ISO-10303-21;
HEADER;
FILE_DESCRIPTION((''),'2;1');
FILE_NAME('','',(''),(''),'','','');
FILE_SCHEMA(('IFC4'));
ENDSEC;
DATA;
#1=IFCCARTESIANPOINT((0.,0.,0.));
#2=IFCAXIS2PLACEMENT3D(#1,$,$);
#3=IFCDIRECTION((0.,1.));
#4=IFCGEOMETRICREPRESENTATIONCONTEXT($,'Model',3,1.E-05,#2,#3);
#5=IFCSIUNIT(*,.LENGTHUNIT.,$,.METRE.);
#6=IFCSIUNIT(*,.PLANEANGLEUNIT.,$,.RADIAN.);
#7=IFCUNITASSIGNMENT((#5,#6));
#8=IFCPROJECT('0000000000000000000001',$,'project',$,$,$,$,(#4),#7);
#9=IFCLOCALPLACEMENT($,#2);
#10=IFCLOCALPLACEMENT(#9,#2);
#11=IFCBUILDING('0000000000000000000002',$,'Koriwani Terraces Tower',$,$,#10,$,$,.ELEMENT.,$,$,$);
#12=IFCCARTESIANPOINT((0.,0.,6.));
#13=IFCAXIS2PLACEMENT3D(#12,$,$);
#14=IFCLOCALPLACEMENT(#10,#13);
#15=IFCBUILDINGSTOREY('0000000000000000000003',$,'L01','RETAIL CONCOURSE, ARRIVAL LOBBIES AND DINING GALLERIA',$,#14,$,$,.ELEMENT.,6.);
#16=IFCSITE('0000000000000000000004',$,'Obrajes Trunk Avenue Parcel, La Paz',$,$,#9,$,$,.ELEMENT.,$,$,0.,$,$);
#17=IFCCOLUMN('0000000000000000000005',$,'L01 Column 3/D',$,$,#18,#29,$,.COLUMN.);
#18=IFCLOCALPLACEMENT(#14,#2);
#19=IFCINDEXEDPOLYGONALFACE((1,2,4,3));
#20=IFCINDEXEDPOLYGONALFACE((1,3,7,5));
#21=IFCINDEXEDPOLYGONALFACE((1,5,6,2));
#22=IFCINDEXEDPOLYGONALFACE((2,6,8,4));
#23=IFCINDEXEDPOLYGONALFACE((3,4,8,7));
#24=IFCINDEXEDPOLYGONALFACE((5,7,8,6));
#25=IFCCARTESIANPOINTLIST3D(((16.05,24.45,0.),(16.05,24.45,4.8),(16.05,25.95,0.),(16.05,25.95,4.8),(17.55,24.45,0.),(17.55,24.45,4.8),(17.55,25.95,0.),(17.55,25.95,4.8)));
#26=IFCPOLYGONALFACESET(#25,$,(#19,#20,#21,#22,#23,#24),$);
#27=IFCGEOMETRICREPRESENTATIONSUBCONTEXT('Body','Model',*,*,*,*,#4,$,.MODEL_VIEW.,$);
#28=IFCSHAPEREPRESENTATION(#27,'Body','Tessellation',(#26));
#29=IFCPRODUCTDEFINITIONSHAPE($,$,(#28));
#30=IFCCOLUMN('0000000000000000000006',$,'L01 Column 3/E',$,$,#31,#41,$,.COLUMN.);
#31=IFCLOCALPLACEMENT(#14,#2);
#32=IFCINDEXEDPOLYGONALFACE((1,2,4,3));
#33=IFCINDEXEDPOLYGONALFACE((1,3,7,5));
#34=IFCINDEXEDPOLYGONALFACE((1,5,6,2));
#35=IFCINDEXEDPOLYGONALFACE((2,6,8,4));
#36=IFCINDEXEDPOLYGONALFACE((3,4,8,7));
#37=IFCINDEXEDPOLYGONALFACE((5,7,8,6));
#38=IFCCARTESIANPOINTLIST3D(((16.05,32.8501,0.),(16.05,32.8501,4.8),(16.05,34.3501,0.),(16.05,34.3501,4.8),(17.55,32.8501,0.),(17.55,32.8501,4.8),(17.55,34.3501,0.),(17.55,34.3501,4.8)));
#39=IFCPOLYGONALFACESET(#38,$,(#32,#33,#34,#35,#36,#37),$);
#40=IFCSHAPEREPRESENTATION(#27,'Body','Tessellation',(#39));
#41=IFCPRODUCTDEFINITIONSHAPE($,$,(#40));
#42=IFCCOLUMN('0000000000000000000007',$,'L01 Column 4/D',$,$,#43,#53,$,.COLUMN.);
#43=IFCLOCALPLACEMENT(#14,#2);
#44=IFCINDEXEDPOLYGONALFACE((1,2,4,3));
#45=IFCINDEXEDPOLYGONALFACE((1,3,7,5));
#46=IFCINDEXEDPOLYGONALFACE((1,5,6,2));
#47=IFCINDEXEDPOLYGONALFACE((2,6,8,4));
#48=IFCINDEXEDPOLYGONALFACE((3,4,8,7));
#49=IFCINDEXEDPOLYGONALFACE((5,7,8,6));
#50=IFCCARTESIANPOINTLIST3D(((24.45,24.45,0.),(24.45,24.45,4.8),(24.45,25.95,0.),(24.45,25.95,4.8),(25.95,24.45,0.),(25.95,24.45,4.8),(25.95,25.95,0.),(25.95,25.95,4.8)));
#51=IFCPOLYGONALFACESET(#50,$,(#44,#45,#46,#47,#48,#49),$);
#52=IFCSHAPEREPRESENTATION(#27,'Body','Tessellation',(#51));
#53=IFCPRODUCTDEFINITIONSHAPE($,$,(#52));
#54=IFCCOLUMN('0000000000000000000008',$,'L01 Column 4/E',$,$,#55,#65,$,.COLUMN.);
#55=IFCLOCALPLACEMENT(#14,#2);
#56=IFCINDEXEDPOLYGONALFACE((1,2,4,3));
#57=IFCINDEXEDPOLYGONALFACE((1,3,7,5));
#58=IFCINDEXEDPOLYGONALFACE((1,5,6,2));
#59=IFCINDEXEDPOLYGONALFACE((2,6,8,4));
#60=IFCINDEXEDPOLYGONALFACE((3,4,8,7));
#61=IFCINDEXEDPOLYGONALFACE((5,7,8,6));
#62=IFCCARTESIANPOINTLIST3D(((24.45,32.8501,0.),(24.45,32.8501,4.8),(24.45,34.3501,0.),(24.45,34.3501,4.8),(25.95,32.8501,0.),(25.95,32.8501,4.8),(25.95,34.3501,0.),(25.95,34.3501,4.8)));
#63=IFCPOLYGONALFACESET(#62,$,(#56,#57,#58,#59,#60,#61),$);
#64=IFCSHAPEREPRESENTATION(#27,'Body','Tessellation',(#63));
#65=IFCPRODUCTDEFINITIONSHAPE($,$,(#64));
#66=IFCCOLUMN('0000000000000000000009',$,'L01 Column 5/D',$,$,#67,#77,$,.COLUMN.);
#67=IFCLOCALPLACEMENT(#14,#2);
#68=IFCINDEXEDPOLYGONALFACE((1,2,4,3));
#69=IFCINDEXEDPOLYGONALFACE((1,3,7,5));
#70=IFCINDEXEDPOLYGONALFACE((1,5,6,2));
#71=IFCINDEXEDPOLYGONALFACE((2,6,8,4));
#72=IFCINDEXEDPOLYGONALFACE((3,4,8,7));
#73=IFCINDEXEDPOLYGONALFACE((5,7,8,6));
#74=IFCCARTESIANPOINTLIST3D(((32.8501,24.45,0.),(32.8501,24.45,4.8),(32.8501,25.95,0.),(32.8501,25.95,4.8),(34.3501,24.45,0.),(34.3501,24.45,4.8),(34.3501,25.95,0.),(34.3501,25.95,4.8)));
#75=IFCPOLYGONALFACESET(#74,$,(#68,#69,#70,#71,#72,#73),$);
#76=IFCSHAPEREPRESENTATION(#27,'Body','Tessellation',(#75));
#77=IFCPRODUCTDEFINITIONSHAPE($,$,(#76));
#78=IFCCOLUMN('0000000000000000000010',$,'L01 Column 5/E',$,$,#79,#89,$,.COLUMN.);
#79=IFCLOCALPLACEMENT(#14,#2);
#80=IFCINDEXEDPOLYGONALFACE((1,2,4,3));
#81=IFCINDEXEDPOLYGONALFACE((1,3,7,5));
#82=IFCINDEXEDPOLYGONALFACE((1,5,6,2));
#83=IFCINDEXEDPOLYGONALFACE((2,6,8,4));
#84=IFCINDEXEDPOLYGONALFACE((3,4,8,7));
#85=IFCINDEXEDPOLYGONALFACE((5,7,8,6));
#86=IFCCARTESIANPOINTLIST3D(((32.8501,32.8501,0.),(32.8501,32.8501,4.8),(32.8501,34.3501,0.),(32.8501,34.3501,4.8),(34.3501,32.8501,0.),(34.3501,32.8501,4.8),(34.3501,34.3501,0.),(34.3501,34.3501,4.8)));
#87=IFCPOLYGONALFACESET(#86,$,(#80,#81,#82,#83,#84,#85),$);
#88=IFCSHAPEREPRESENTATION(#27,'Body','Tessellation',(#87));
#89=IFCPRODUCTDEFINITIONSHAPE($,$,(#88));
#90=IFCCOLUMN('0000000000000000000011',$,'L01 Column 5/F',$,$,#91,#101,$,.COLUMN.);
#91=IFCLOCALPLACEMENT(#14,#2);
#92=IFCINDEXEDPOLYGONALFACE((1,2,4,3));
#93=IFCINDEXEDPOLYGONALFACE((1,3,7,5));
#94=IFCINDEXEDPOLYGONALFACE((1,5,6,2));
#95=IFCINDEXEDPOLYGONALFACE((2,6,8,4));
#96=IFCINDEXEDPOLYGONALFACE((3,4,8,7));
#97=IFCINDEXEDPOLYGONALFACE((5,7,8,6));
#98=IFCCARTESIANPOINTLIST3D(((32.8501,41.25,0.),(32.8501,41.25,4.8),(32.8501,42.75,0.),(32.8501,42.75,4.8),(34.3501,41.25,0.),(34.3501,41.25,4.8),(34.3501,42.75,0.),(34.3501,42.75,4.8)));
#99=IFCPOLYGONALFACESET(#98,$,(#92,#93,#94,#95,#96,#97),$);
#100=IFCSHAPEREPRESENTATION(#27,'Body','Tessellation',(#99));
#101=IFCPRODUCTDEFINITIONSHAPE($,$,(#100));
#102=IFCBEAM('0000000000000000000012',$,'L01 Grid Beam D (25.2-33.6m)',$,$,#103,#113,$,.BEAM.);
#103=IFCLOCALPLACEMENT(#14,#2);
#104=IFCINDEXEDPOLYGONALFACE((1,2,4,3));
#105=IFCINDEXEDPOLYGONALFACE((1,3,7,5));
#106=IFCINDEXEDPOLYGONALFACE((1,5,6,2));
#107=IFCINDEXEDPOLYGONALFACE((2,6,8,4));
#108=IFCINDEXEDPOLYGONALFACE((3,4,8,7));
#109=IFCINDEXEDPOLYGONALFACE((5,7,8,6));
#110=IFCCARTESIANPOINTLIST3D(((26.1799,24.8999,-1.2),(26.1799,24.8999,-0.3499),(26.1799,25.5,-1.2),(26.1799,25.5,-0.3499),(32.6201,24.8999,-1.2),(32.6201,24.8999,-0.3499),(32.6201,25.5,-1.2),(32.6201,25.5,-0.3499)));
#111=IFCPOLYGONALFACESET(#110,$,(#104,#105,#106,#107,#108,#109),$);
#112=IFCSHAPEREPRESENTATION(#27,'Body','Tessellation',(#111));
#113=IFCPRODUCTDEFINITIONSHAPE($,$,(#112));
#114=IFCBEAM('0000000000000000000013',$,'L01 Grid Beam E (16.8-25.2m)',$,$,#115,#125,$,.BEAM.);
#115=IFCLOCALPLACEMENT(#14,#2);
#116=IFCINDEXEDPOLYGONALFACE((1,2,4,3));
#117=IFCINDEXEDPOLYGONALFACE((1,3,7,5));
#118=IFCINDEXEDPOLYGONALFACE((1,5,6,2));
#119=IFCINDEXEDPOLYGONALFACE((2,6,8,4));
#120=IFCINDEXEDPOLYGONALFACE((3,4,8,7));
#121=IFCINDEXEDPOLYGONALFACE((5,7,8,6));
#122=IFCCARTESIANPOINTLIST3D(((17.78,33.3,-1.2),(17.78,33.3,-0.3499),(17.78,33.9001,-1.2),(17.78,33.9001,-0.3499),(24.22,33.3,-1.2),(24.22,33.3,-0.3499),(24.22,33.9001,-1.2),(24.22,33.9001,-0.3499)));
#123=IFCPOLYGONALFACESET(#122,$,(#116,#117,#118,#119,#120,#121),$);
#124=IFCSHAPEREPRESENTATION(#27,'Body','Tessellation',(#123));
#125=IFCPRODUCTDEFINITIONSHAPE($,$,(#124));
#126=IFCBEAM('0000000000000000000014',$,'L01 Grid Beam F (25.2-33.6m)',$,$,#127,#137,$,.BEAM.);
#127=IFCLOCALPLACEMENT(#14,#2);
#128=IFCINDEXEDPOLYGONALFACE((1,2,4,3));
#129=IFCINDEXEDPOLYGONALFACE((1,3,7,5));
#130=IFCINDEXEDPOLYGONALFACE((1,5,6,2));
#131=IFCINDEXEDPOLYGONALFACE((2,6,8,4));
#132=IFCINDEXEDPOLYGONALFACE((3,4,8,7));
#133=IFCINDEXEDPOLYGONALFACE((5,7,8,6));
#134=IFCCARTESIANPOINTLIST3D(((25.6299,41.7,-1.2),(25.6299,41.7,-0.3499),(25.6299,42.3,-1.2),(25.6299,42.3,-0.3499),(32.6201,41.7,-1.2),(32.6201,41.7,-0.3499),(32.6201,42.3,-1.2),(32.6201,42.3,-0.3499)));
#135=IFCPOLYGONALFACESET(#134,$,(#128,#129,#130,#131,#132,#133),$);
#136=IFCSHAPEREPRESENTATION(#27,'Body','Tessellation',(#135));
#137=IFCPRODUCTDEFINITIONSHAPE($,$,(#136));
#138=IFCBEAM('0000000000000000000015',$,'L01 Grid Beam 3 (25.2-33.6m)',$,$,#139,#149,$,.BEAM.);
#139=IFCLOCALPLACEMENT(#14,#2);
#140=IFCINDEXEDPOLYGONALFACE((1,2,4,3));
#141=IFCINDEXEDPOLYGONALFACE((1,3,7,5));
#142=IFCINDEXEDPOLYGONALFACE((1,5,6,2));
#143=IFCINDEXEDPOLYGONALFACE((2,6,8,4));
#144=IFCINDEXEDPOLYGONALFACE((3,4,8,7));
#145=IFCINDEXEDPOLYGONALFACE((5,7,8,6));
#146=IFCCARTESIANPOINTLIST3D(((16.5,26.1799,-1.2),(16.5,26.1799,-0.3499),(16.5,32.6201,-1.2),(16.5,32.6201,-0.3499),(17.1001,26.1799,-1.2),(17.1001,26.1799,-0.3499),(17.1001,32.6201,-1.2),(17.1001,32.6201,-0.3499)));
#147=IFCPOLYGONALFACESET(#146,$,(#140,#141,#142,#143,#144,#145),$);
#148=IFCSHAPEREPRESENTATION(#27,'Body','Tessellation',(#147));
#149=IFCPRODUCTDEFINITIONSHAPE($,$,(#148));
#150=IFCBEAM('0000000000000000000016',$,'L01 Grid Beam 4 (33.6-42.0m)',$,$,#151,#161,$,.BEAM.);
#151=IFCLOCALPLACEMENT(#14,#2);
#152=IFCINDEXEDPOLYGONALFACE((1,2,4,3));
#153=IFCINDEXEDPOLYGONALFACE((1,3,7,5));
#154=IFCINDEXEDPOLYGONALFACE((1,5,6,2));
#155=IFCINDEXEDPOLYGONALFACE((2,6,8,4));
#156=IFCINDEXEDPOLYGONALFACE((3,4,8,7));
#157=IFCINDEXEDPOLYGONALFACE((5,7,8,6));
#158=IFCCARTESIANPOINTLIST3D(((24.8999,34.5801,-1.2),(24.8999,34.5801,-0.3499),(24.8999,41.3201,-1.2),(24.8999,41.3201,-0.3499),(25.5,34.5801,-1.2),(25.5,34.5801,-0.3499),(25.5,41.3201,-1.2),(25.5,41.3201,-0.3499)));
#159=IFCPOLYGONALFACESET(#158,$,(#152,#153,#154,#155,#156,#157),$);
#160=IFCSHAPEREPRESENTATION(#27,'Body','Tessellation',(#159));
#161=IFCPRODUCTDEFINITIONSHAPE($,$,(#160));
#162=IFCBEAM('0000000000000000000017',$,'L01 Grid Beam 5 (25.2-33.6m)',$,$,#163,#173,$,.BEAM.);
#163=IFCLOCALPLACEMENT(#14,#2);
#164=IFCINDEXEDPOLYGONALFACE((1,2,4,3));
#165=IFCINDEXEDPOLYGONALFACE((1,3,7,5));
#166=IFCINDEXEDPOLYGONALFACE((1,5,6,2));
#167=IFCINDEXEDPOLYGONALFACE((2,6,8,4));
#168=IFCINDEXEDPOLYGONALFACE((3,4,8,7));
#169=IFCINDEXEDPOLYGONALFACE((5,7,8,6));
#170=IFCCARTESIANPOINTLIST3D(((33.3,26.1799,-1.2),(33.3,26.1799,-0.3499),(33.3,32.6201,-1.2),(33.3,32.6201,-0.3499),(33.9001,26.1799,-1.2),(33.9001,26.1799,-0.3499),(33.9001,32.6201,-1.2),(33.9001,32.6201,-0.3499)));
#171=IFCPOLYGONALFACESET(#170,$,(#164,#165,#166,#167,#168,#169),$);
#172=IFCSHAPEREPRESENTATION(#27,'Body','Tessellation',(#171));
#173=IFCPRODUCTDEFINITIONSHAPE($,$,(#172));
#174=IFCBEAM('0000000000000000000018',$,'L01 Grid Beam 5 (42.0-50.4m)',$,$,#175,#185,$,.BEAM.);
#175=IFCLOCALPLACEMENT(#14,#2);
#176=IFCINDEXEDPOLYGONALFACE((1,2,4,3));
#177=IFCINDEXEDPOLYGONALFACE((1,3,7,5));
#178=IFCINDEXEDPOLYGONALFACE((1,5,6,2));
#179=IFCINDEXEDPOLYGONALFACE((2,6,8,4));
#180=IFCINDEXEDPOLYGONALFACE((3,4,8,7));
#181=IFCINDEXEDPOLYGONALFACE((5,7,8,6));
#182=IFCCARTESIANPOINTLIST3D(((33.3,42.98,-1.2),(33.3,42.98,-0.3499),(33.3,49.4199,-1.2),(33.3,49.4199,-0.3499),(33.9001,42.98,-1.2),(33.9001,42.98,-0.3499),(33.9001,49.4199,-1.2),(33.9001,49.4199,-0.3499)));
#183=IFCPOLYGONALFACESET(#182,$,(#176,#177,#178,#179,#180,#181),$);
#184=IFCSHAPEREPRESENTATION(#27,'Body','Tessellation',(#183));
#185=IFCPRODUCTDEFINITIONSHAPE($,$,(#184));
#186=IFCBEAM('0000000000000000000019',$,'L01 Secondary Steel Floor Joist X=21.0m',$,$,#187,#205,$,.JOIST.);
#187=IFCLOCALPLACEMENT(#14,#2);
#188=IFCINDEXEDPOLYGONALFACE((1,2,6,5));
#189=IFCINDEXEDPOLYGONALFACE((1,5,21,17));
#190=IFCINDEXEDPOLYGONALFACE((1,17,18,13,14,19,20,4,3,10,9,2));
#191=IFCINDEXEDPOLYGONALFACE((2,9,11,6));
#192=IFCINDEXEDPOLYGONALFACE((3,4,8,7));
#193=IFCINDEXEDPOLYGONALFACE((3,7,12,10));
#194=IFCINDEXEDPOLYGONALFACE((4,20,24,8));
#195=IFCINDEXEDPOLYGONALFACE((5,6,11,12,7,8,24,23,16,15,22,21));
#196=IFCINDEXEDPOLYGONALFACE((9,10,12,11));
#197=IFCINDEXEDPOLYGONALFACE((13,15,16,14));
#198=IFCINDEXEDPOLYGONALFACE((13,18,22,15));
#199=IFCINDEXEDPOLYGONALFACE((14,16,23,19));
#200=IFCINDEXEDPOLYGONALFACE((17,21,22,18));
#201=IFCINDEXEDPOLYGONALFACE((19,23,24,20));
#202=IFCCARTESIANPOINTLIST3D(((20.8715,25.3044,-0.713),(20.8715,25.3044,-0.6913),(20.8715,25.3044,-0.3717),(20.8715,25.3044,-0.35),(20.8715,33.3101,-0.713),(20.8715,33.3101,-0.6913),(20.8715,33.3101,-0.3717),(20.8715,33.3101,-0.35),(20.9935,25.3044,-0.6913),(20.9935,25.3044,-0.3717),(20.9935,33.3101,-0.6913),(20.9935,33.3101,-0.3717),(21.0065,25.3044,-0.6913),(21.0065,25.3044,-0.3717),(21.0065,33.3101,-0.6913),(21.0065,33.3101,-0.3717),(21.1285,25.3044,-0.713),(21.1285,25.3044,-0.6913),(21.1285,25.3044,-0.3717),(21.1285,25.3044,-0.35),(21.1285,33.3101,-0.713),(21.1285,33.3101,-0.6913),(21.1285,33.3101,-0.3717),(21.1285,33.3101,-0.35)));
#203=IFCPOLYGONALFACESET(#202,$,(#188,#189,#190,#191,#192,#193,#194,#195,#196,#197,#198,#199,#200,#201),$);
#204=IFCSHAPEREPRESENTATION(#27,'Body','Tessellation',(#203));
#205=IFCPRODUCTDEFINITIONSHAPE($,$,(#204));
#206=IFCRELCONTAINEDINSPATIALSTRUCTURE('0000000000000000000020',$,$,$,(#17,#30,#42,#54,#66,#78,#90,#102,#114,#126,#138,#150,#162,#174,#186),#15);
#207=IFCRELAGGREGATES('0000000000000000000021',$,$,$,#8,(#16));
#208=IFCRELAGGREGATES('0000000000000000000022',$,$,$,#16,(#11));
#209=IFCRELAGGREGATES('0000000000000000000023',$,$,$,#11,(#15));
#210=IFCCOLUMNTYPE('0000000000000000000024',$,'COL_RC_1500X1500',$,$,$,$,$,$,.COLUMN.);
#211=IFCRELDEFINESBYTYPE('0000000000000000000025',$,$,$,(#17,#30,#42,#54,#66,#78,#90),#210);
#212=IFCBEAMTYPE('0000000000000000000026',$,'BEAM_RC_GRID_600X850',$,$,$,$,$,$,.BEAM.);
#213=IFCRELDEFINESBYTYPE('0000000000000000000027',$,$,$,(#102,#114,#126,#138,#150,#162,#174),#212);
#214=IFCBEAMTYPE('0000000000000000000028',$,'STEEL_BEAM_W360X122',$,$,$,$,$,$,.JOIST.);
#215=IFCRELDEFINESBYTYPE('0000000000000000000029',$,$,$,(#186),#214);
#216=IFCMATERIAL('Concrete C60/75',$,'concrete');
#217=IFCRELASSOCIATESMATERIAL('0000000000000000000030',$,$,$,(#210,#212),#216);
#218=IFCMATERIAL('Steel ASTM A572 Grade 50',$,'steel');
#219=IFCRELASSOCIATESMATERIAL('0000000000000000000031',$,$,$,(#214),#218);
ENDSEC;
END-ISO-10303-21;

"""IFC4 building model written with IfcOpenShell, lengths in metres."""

from ifc_helpers import new_model, si_unit, direction, frame, origin, origin_2d, place, context, subcontext, project, spatial, rectangle, i_section, extrude, material, material_profile, profile_set, type_object, element, save


model = new_model("IFC4")

# Units and contexts
model_context = context("Model", 3, precision=1e-05, world=origin(), true_north=direction((0.0, 1.0)))
body_context = subcontext(model_context, "Body", "Model", "MODEL_VIEW")
ifc_project = project(units=[si_unit("LENGTHUNIT", "METRE"), si_unit("PLANEANGLEUNIT", "RADIAN")], contexts=[model_context])

# Site, building, storey
site_placement = place(None, origin())
site = spatial("IfcSite", under=ifc_project, at=site_placement, Name="Obrajes Trunk Avenue Parcel, La Paz", CompositionType="ELEMENT", RefElevation=0.0)
building_placement = place(site_placement, origin())
building = spatial("IfcBuilding", under=site, at=building_placement, Name="Koriwani Terraces Tower", CompositionType="ELEMENT")
storey_placement = place(building_placement, frame((0.0, 0.0, 6.0)))
storey = spatial("IfcBuildingStorey", under=building, at=storey_placement, Name="L01", Description="RETAIL CONCOURSE, ARRIVAL LOBBIES AND DINING GALLERIA", CompositionType="ELEMENT", Elevation=6.0)

# Columns
ifc_material_1 = material(Name="Concrete C60/75", Category="concrete")
ifc_material_profile_1 = material_profile(ifc_material_1, rectangle(XDim=1.5, YDim=1.5, at=origin_2d()), Name="Concrete C60/75", Category="LoadBearing")
ifc_profile_set_1 = profile_set([ifc_material_profile_1], Name="Concrete C60/75")
column_type = type_object("IfcColumnType", Name="COL_RC_1500X1500", PredefinedType="COLUMN", material=ifc_profile_set_1)
for number, where, z_axis, x_axis, name in (
    (1, (16.8, 25.2, 0.0), (0.0, 0.0, 1.0), (1.0, 0.0, 0.0), "L01 Column 3/D"),
    (2, (16.8, 33.6001, 0.0), (0.0, 0.0, 1.0), (1.0, 0.0, 0.0), "L01 Column 3/E"),
    (3, (25.2, 25.2, 0.0), (0.0, 0.0, 1.0), (1.0, 0.0, 0.0), "L01 Column 4/D"),
    (4, (25.2, 33.6001, 0.0), (0.0, 0.0, 1.0), (1.0, 0.0, 0.0), "L01 Column 4/E"),
    (5, (33.6001, 25.2, 0.0), (0.0, 0.0, 1.0), (1.0, 0.0, 0.0), "L01 Column 5/D"),
    (6, (33.6001, 33.6001, 0.0), (0.0, 0.0, 1.0), (1.0, 0.0, 0.0), "L01 Column 5/E"),
    (7, (33.6001, 42.0, 0.0), (0.0, 0.0, 1.0), (1.0, 0.0, 0.0), "L01 Column 5/F"),
):
    element("IfcColumn", number, at=place(storey_placement, frame(where, z_axis=z_axis, x_axis=x_axis)), inside=storey, type_object=column_type, Name=name, PredefinedType="COLUMN", context=body_context, shape_type="SweptSolid", body=[
        extrude(rectangle(XDim=1.5, YDim=1.5, at=origin_2d()), origin(), (0.0, 0.0, 1.0), 4.8),
    ])

# Beams
ifc_material_profile_2 = material_profile(ifc_material_1, rectangle(XDim=0.6001, YDim=0.8501, at=origin_2d()), Name="Concrete C60/75", Category="LoadBearing")
ifc_profile_set_2 = profile_set([ifc_material_profile_2], Name="Concrete C60/75")
beam_type_1 = type_object("IfcBeamType", Name="BEAM_RC_GRID_600X850", PredefinedType="BEAM", material=ifc_profile_set_2)
beam_1_placement = place(storey_placement, frame((26.1799, 25.2, -0.7749), z_axis=(1.0, 0.0, 0.0), x_axis=(0.0, 1.0, 0.0)))
element("IfcBeam", 8, at=beam_1_placement, inside=storey, type_object=beam_type_1, Name="L01 Grid Beam D (25.2-33.6m)", PredefinedType="BEAM", context=body_context, shape_type="SweptSolid", body=[
    extrude(rectangle(XDim=0.6001, YDim=0.8501, at=origin_2d()), origin(), (0.0, 0.0, 1.0), 6.4402),
])
beam_2_placement = place(storey_placement, frame((17.78, 33.6001, -0.7749), z_axis=(1.0, 0.0, 0.0), x_axis=(0.0, 1.0, 0.0)))
element("IfcBeam", 9, at=beam_2_placement, inside=storey, type_object=beam_type_1, Name="L01 Grid Beam E (16.8-25.2m)", PredefinedType="BEAM", context=body_context, shape_type="SweptSolid", body=[
    extrude(rectangle(XDim=0.6001, YDim=0.8501, at=origin_2d()), origin(), (0.0, 0.0, 1.0), 6.4399),
])
beam_3_placement = place(storey_placement, frame((25.6299, 42.0, -0.7749), z_axis=(1.0, 0.0, 0.0), x_axis=(0.0, 1.0, 0.0)))
element("IfcBeam", 10, at=beam_3_placement, inside=storey, type_object=beam_type_1, Name="L01 Grid Beam F (25.2-33.6m)", PredefinedType="BEAM", context=body_context, shape_type="SweptSolid", body=[
    extrude(rectangle(XDim=0.6001, YDim=0.8501, at=origin_2d()), origin(), (0.0, 0.0, 1.0), 6.9902),
])
beam_4_placement = place(storey_placement, frame((16.8, 26.1799, -0.7749), z_axis=(0.0, 1.0, 0.0), x_axis=(-1.0, 0.0, 0.0)))
element("IfcBeam", 11, at=beam_4_placement, inside=storey, type_object=beam_type_1, Name="L01 Grid Beam 3 (25.2-33.6m)", PredefinedType="BEAM", context=body_context, shape_type="SweptSolid", body=[
    extrude(rectangle(XDim=0.6001, YDim=0.8501, at=origin_2d()), origin(), (0.0, 0.0, 1.0), 6.4402),
])
beam_5_placement = place(storey_placement, frame((25.2, 34.5801, -0.7749), z_axis=(0.0, 1.0, 0.0), x_axis=(-1.0, 0.0, 0.0)))
element("IfcBeam", 12, at=beam_5_placement, inside=storey, type_object=beam_type_1, Name="L01 Grid Beam 4 (33.6-42.0m)", PredefinedType="BEAM", context=body_context, shape_type="SweptSolid", body=[
    extrude(rectangle(XDim=0.6001, YDim=0.8501, at=origin_2d()), origin(), (0.0, 0.0, 1.0), 6.74),
])
beam_6_placement = place(storey_placement, frame((33.6001, 26.1799, -0.7749), z_axis=(0.0, 1.0, 0.0), x_axis=(-1.0, 0.0, 0.0)))
element("IfcBeam", 13, at=beam_6_placement, inside=storey, type_object=beam_type_1, Name="L01 Grid Beam 5 (25.2-33.6m)", PredefinedType="BEAM", context=body_context, shape_type="SweptSolid", body=[
    extrude(rectangle(XDim=0.6001, YDim=0.8501, at=origin_2d()), origin(), (0.0, 0.0, 1.0), 6.4402),
])
beam_7_placement = place(storey_placement, frame((33.6001, 42.98, -0.7749), z_axis=(0.0, 1.0, 0.0), x_axis=(-1.0, 0.0, 0.0)))
element("IfcBeam", 14, at=beam_7_placement, inside=storey, type_object=beam_type_1, Name="L01 Grid Beam 5 (42.0-50.4m)", PredefinedType="BEAM", context=body_context, shape_type="SweptSolid", body=[
    extrude(rectangle(XDim=0.6001, YDim=0.8501, at=origin_2d()), origin(), (0.0, 0.0, 1.0), 6.4399),
])
ifc_material_2 = material(Name="Steel ASTM A572 Grade 50", Category="steel")
ifc_material_profile_3 = material_profile(ifc_material_2, i_section(OverallWidth=0.2571, OverallDepth=0.363, WebThickness=0.0129, FlangeThickness=0.0217, at=origin_2d()), Name="Steel ASTM A572 Grade 50", Category="LoadBearing")
ifc_profile_set_3 = profile_set([ifc_material_profile_3], Name="Steel ASTM A572 Grade 50")
beam_type_2 = type_object("IfcBeamType", Name="STEEL_BEAM_W360X122", PredefinedType="JOIST", material=ifc_profile_set_3)
beam_8_placement = place(storey_placement, frame((21.0, 25.3044, -0.5315), z_axis=(0.0, 1.0, 0.0), x_axis=(-1.0, 0.0, 0.0)))
element("IfcBeam", 15, at=beam_8_placement, inside=storey, type_object=beam_type_2, Name="L01 Secondary Steel Floor Joist X=21.0m", PredefinedType="JOIST", context=body_context, shape_type="SweptSolid", body=[
    extrude(i_section(OverallWidth=0.2571, OverallDepth=0.363, WebThickness=0.0129, FlangeThickness=0.0217, at=origin_2d()), origin(), (0.0, 0.0, 1.0), 8.0056),
])

save(model, "model.ifc")
